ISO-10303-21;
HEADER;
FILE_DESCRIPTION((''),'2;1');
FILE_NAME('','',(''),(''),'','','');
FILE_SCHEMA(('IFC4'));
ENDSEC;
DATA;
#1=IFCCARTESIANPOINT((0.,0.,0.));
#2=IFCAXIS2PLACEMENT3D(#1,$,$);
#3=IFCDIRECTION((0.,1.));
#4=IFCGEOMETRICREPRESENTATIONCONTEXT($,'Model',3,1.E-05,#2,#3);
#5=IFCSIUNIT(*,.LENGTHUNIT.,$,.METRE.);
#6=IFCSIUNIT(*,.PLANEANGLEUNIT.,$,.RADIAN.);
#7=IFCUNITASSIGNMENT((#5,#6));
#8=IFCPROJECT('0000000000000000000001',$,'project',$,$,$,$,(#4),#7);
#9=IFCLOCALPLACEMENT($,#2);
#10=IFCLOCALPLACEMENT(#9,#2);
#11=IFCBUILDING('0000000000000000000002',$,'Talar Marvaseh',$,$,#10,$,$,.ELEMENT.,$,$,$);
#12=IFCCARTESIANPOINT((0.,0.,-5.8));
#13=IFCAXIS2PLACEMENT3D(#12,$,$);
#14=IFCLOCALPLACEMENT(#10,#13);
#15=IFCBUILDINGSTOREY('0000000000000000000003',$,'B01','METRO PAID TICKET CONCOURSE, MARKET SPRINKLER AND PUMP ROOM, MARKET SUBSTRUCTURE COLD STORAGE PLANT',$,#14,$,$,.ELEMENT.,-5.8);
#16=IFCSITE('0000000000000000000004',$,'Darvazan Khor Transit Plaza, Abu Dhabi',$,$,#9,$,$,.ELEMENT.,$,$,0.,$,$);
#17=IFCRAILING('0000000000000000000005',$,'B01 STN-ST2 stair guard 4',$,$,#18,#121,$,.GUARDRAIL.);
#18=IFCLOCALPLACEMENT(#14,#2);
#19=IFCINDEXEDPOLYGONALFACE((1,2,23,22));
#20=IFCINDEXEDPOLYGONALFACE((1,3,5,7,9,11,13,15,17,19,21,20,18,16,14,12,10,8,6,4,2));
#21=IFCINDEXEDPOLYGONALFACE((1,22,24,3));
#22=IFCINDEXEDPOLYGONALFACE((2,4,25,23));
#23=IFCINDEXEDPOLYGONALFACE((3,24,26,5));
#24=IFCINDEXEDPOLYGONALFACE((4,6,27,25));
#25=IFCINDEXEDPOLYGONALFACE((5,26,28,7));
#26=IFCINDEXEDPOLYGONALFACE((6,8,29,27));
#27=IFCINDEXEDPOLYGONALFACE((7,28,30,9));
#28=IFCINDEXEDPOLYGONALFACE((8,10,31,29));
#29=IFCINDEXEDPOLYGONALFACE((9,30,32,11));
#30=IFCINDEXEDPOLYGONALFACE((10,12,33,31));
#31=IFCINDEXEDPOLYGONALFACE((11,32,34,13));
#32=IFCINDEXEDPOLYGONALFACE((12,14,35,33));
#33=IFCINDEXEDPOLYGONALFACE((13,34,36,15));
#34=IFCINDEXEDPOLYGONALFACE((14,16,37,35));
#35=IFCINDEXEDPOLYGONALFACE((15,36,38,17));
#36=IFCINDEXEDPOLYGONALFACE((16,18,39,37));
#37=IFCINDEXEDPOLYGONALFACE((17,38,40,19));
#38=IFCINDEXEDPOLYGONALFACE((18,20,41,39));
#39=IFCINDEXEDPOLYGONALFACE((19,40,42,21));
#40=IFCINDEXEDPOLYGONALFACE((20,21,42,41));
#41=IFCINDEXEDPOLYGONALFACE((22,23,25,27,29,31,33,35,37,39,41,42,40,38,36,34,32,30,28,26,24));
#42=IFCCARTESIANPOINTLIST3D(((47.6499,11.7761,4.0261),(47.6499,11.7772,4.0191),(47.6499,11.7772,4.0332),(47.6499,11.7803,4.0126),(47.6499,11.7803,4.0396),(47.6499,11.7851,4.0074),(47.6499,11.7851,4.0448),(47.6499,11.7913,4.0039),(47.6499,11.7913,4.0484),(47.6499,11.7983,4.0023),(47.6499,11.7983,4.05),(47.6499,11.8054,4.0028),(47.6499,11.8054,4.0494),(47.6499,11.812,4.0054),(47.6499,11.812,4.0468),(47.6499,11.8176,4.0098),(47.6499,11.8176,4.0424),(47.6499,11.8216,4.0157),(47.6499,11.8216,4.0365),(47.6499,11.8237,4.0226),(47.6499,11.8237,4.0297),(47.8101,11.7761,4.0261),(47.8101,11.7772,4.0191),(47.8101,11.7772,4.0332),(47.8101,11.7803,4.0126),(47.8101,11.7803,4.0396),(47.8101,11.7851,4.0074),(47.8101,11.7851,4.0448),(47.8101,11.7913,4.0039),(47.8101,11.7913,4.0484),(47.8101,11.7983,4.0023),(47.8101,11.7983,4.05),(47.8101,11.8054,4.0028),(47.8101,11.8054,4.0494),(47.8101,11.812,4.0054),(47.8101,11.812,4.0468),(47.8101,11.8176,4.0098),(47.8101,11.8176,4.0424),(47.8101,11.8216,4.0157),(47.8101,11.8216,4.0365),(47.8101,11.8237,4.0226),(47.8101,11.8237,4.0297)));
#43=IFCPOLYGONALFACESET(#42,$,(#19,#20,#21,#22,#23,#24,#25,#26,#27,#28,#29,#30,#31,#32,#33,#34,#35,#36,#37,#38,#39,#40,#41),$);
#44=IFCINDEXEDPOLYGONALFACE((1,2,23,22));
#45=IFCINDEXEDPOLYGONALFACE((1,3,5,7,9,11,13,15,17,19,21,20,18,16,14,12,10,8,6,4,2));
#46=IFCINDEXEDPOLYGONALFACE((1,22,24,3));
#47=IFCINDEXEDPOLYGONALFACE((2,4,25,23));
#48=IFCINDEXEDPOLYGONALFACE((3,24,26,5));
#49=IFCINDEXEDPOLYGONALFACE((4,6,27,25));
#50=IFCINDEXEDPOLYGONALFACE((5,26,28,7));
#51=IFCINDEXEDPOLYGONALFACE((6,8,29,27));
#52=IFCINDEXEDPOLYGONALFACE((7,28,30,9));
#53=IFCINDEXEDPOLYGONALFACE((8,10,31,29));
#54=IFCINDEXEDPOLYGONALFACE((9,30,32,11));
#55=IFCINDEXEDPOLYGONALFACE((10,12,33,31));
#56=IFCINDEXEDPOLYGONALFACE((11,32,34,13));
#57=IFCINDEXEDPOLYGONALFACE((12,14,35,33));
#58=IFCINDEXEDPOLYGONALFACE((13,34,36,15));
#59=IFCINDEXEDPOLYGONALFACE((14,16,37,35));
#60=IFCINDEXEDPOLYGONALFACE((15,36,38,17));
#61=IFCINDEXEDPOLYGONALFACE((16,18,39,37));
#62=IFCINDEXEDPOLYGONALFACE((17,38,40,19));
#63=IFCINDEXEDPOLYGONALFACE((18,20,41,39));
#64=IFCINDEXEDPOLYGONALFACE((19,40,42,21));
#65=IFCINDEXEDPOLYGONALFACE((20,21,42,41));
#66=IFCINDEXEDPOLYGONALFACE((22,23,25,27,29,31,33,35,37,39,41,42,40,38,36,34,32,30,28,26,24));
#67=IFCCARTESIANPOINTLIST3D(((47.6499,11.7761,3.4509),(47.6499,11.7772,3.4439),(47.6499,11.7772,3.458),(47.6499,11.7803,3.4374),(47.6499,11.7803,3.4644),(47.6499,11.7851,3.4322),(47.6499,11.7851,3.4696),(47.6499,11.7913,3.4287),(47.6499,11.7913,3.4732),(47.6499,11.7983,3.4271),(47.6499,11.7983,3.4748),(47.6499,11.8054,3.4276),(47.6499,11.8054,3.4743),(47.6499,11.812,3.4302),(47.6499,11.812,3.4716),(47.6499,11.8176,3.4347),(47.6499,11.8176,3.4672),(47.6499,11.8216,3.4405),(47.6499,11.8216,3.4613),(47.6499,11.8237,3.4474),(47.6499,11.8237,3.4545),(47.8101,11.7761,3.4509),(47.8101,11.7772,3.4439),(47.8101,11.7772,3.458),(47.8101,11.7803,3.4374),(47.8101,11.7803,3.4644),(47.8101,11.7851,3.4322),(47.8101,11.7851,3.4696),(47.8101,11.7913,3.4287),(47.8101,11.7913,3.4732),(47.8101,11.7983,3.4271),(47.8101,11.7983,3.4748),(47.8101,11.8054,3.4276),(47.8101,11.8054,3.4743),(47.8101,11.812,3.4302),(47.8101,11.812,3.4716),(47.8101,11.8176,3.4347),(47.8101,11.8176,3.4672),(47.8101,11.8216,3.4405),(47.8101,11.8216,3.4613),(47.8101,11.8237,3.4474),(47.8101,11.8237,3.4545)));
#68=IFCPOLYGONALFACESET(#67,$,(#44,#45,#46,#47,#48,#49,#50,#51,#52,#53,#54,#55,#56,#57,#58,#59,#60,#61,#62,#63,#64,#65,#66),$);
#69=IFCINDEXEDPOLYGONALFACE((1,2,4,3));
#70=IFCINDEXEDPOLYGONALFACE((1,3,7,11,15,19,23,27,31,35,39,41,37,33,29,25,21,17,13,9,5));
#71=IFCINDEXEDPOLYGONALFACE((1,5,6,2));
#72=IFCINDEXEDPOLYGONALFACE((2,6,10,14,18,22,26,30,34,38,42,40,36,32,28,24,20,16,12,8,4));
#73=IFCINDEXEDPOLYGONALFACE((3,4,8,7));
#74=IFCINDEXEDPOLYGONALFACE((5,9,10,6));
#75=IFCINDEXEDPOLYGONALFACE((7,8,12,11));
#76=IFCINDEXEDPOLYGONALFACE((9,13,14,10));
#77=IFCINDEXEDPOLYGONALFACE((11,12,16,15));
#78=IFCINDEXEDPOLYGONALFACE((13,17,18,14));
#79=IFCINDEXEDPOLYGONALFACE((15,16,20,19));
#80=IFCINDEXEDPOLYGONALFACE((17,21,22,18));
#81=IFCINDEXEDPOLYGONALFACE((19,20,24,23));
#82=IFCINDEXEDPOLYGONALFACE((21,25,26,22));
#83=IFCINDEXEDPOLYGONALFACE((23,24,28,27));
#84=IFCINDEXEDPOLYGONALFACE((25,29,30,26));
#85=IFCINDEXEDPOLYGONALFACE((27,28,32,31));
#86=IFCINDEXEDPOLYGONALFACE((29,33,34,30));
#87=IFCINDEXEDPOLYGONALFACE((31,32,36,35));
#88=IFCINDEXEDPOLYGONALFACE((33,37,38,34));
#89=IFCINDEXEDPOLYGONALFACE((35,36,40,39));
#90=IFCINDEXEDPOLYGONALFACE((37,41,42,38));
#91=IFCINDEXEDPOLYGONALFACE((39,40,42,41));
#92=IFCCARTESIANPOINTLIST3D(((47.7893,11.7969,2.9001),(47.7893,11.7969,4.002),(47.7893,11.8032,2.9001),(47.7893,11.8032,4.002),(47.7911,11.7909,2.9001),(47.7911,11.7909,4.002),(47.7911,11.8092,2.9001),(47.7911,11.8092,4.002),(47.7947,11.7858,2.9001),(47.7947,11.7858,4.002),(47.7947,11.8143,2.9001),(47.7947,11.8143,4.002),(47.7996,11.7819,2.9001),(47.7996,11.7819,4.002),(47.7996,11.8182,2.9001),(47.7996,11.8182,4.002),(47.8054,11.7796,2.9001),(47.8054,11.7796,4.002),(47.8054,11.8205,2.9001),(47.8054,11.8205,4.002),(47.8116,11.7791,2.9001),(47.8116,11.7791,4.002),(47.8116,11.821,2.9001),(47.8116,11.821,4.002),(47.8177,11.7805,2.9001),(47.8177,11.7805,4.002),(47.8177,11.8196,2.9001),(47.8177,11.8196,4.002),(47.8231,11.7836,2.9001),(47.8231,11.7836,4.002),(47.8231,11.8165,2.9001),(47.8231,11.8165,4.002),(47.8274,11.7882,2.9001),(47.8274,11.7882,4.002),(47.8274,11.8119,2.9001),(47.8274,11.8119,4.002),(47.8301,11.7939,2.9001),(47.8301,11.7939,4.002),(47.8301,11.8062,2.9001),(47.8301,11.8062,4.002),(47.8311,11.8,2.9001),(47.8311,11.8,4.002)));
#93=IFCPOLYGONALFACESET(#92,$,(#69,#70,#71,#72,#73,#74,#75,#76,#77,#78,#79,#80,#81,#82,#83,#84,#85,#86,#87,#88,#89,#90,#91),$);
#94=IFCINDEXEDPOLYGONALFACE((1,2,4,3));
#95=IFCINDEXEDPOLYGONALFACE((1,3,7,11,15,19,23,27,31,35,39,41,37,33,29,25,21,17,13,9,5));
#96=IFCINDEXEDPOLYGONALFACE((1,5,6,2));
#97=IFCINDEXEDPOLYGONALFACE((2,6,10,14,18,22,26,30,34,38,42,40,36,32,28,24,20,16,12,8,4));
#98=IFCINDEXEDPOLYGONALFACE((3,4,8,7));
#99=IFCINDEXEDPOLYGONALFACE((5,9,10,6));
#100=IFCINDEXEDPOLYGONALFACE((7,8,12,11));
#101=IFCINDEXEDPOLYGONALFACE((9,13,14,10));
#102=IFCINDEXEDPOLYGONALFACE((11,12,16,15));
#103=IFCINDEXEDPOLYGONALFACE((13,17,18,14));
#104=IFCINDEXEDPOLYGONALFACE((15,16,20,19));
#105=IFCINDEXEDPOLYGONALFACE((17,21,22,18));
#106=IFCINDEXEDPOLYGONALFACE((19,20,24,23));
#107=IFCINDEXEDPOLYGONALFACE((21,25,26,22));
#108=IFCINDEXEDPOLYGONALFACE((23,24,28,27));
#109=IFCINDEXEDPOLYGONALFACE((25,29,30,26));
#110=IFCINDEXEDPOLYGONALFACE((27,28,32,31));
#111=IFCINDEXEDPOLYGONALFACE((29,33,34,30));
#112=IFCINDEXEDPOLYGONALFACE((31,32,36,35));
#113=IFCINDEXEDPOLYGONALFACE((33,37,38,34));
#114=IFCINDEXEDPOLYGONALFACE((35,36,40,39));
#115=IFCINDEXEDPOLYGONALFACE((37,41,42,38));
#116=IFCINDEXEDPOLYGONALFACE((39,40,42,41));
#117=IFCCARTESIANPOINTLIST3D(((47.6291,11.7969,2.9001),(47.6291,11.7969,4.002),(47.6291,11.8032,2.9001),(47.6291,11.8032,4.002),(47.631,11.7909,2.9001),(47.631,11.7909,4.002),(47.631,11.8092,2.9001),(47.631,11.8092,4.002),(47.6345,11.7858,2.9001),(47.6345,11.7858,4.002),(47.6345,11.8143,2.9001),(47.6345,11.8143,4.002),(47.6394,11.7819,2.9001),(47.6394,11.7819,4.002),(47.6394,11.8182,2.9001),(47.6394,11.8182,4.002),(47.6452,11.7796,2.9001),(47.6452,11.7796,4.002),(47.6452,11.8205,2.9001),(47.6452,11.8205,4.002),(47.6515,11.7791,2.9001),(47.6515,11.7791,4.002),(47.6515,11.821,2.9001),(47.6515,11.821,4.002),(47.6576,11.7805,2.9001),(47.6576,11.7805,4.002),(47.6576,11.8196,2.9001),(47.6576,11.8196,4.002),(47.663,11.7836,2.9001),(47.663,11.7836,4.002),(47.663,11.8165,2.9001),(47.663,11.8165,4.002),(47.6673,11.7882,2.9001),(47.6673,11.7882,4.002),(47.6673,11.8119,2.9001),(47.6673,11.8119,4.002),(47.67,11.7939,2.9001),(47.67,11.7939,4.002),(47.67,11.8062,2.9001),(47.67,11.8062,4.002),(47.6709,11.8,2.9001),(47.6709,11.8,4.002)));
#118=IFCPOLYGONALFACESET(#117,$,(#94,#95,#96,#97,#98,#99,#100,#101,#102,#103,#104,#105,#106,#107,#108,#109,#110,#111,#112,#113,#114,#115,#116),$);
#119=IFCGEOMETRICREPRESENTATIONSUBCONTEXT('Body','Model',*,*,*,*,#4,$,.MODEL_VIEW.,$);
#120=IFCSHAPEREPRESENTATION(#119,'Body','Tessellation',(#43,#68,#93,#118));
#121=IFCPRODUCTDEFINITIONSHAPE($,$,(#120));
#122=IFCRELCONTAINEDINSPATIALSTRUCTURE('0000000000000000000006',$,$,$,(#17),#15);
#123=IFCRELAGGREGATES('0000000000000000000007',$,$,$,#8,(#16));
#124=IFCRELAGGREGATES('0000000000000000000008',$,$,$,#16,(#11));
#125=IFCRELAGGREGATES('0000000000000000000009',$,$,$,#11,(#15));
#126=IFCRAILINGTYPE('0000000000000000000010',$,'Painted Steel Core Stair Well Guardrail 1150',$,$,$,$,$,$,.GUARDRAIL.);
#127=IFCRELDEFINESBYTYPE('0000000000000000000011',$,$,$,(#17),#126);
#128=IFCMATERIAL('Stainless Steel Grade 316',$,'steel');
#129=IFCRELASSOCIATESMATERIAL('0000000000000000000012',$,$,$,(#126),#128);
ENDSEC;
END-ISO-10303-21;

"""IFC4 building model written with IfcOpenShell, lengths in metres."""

from ifc_helpers import new_model, si_unit, direction, frame, origin, origin_2d, place, context, subcontext, project, spatial, circle, extrude, material, type_object, element, save


model = new_model("IFC4")

# Units and contexts
model_context = context("Model", 3, precision=1e-05, world=origin(), true_north=direction((0.0, 1.0)))
body_context = subcontext(model_context, "Body", "Model", "MODEL_VIEW")
ifc_project = project(units=[si_unit("LENGTHUNIT", "METRE"), si_unit("PLANEANGLEUNIT", "RADIAN")], contexts=[model_context])

# Site, building, storey
site_placement = place(None, origin())
site = spatial("IfcSite", under=ifc_project, at=site_placement, Name="Darvazan Khor Transit Plaza, Abu Dhabi", CompositionType="ELEMENT", RefElevation=0.0)
building_placement = place(site_placement, origin())
building = spatial("IfcBuilding", under=site, at=building_placement, Name="Talar Marvaseh", CompositionType="ELEMENT")
storey_placement = place(building_placement, frame((0.0, 0.0, -5.8)))
storey = spatial("IfcBuildingStorey", under=building, at=storey_placement, Name="B01", Description="METRO PAID TICKET CONCOURSE, MARKET SPRINKLER AND PUMP ROOM, MARKET SUBSTRUCTURE COLD STORAGE PLANT", CompositionType="ELEMENT", Elevation=-5.8)

# Railing
ifc_material_1 = material(Name="Stainless Steel Grade 316", Category="steel")
railing_type_1 = type_object("IfcRailingType", Name="Painted Steel Core Stair Well Guardrail 1150", PredefinedType="GUARDRAIL", material=ifc_material_1)
railing_1_placement = place(storey_placement, frame((47.8101, 11.8, 2.9001)))
element("IfcRailing", 1, at=railing_1_placement, inside=storey, type_object=railing_type_1, Name="B01 STN-ST2 stair guard 4", PredefinedType="GUARDRAIL", context=body_context, shape_type="SweptSolid", body=[
    extrude(circle(Radius=0.0239, at=origin_2d()), frame((0.0, 0.0, 1.126), z_axis=(-1.0, 0.0, 0.0), x_axis=(0.0, -1.0, 0.0)), (0.0, 0.0, 1.0), 0.1602),
    extrude(circle(Radius=0.0239, at=origin_2d()), frame((0.0, 0.0, 0.5508), z_axis=(-1.0, 0.0, 0.0), x_axis=(0.0, -1.0, 0.0)), (0.0, 0.0, 1.0), 0.1602),
    extrude(circle(Radius=0.021, at=origin_2d()), origin(), (0.0, 0.0, 1.0), 1.1018),
    extrude(circle(Radius=0.021, at=origin_2d()), frame((-0.1602, 0.0, 0.0)), (0.0, 0.0, 1.0), 1.1018),
])

save(model, "model.ifc")
